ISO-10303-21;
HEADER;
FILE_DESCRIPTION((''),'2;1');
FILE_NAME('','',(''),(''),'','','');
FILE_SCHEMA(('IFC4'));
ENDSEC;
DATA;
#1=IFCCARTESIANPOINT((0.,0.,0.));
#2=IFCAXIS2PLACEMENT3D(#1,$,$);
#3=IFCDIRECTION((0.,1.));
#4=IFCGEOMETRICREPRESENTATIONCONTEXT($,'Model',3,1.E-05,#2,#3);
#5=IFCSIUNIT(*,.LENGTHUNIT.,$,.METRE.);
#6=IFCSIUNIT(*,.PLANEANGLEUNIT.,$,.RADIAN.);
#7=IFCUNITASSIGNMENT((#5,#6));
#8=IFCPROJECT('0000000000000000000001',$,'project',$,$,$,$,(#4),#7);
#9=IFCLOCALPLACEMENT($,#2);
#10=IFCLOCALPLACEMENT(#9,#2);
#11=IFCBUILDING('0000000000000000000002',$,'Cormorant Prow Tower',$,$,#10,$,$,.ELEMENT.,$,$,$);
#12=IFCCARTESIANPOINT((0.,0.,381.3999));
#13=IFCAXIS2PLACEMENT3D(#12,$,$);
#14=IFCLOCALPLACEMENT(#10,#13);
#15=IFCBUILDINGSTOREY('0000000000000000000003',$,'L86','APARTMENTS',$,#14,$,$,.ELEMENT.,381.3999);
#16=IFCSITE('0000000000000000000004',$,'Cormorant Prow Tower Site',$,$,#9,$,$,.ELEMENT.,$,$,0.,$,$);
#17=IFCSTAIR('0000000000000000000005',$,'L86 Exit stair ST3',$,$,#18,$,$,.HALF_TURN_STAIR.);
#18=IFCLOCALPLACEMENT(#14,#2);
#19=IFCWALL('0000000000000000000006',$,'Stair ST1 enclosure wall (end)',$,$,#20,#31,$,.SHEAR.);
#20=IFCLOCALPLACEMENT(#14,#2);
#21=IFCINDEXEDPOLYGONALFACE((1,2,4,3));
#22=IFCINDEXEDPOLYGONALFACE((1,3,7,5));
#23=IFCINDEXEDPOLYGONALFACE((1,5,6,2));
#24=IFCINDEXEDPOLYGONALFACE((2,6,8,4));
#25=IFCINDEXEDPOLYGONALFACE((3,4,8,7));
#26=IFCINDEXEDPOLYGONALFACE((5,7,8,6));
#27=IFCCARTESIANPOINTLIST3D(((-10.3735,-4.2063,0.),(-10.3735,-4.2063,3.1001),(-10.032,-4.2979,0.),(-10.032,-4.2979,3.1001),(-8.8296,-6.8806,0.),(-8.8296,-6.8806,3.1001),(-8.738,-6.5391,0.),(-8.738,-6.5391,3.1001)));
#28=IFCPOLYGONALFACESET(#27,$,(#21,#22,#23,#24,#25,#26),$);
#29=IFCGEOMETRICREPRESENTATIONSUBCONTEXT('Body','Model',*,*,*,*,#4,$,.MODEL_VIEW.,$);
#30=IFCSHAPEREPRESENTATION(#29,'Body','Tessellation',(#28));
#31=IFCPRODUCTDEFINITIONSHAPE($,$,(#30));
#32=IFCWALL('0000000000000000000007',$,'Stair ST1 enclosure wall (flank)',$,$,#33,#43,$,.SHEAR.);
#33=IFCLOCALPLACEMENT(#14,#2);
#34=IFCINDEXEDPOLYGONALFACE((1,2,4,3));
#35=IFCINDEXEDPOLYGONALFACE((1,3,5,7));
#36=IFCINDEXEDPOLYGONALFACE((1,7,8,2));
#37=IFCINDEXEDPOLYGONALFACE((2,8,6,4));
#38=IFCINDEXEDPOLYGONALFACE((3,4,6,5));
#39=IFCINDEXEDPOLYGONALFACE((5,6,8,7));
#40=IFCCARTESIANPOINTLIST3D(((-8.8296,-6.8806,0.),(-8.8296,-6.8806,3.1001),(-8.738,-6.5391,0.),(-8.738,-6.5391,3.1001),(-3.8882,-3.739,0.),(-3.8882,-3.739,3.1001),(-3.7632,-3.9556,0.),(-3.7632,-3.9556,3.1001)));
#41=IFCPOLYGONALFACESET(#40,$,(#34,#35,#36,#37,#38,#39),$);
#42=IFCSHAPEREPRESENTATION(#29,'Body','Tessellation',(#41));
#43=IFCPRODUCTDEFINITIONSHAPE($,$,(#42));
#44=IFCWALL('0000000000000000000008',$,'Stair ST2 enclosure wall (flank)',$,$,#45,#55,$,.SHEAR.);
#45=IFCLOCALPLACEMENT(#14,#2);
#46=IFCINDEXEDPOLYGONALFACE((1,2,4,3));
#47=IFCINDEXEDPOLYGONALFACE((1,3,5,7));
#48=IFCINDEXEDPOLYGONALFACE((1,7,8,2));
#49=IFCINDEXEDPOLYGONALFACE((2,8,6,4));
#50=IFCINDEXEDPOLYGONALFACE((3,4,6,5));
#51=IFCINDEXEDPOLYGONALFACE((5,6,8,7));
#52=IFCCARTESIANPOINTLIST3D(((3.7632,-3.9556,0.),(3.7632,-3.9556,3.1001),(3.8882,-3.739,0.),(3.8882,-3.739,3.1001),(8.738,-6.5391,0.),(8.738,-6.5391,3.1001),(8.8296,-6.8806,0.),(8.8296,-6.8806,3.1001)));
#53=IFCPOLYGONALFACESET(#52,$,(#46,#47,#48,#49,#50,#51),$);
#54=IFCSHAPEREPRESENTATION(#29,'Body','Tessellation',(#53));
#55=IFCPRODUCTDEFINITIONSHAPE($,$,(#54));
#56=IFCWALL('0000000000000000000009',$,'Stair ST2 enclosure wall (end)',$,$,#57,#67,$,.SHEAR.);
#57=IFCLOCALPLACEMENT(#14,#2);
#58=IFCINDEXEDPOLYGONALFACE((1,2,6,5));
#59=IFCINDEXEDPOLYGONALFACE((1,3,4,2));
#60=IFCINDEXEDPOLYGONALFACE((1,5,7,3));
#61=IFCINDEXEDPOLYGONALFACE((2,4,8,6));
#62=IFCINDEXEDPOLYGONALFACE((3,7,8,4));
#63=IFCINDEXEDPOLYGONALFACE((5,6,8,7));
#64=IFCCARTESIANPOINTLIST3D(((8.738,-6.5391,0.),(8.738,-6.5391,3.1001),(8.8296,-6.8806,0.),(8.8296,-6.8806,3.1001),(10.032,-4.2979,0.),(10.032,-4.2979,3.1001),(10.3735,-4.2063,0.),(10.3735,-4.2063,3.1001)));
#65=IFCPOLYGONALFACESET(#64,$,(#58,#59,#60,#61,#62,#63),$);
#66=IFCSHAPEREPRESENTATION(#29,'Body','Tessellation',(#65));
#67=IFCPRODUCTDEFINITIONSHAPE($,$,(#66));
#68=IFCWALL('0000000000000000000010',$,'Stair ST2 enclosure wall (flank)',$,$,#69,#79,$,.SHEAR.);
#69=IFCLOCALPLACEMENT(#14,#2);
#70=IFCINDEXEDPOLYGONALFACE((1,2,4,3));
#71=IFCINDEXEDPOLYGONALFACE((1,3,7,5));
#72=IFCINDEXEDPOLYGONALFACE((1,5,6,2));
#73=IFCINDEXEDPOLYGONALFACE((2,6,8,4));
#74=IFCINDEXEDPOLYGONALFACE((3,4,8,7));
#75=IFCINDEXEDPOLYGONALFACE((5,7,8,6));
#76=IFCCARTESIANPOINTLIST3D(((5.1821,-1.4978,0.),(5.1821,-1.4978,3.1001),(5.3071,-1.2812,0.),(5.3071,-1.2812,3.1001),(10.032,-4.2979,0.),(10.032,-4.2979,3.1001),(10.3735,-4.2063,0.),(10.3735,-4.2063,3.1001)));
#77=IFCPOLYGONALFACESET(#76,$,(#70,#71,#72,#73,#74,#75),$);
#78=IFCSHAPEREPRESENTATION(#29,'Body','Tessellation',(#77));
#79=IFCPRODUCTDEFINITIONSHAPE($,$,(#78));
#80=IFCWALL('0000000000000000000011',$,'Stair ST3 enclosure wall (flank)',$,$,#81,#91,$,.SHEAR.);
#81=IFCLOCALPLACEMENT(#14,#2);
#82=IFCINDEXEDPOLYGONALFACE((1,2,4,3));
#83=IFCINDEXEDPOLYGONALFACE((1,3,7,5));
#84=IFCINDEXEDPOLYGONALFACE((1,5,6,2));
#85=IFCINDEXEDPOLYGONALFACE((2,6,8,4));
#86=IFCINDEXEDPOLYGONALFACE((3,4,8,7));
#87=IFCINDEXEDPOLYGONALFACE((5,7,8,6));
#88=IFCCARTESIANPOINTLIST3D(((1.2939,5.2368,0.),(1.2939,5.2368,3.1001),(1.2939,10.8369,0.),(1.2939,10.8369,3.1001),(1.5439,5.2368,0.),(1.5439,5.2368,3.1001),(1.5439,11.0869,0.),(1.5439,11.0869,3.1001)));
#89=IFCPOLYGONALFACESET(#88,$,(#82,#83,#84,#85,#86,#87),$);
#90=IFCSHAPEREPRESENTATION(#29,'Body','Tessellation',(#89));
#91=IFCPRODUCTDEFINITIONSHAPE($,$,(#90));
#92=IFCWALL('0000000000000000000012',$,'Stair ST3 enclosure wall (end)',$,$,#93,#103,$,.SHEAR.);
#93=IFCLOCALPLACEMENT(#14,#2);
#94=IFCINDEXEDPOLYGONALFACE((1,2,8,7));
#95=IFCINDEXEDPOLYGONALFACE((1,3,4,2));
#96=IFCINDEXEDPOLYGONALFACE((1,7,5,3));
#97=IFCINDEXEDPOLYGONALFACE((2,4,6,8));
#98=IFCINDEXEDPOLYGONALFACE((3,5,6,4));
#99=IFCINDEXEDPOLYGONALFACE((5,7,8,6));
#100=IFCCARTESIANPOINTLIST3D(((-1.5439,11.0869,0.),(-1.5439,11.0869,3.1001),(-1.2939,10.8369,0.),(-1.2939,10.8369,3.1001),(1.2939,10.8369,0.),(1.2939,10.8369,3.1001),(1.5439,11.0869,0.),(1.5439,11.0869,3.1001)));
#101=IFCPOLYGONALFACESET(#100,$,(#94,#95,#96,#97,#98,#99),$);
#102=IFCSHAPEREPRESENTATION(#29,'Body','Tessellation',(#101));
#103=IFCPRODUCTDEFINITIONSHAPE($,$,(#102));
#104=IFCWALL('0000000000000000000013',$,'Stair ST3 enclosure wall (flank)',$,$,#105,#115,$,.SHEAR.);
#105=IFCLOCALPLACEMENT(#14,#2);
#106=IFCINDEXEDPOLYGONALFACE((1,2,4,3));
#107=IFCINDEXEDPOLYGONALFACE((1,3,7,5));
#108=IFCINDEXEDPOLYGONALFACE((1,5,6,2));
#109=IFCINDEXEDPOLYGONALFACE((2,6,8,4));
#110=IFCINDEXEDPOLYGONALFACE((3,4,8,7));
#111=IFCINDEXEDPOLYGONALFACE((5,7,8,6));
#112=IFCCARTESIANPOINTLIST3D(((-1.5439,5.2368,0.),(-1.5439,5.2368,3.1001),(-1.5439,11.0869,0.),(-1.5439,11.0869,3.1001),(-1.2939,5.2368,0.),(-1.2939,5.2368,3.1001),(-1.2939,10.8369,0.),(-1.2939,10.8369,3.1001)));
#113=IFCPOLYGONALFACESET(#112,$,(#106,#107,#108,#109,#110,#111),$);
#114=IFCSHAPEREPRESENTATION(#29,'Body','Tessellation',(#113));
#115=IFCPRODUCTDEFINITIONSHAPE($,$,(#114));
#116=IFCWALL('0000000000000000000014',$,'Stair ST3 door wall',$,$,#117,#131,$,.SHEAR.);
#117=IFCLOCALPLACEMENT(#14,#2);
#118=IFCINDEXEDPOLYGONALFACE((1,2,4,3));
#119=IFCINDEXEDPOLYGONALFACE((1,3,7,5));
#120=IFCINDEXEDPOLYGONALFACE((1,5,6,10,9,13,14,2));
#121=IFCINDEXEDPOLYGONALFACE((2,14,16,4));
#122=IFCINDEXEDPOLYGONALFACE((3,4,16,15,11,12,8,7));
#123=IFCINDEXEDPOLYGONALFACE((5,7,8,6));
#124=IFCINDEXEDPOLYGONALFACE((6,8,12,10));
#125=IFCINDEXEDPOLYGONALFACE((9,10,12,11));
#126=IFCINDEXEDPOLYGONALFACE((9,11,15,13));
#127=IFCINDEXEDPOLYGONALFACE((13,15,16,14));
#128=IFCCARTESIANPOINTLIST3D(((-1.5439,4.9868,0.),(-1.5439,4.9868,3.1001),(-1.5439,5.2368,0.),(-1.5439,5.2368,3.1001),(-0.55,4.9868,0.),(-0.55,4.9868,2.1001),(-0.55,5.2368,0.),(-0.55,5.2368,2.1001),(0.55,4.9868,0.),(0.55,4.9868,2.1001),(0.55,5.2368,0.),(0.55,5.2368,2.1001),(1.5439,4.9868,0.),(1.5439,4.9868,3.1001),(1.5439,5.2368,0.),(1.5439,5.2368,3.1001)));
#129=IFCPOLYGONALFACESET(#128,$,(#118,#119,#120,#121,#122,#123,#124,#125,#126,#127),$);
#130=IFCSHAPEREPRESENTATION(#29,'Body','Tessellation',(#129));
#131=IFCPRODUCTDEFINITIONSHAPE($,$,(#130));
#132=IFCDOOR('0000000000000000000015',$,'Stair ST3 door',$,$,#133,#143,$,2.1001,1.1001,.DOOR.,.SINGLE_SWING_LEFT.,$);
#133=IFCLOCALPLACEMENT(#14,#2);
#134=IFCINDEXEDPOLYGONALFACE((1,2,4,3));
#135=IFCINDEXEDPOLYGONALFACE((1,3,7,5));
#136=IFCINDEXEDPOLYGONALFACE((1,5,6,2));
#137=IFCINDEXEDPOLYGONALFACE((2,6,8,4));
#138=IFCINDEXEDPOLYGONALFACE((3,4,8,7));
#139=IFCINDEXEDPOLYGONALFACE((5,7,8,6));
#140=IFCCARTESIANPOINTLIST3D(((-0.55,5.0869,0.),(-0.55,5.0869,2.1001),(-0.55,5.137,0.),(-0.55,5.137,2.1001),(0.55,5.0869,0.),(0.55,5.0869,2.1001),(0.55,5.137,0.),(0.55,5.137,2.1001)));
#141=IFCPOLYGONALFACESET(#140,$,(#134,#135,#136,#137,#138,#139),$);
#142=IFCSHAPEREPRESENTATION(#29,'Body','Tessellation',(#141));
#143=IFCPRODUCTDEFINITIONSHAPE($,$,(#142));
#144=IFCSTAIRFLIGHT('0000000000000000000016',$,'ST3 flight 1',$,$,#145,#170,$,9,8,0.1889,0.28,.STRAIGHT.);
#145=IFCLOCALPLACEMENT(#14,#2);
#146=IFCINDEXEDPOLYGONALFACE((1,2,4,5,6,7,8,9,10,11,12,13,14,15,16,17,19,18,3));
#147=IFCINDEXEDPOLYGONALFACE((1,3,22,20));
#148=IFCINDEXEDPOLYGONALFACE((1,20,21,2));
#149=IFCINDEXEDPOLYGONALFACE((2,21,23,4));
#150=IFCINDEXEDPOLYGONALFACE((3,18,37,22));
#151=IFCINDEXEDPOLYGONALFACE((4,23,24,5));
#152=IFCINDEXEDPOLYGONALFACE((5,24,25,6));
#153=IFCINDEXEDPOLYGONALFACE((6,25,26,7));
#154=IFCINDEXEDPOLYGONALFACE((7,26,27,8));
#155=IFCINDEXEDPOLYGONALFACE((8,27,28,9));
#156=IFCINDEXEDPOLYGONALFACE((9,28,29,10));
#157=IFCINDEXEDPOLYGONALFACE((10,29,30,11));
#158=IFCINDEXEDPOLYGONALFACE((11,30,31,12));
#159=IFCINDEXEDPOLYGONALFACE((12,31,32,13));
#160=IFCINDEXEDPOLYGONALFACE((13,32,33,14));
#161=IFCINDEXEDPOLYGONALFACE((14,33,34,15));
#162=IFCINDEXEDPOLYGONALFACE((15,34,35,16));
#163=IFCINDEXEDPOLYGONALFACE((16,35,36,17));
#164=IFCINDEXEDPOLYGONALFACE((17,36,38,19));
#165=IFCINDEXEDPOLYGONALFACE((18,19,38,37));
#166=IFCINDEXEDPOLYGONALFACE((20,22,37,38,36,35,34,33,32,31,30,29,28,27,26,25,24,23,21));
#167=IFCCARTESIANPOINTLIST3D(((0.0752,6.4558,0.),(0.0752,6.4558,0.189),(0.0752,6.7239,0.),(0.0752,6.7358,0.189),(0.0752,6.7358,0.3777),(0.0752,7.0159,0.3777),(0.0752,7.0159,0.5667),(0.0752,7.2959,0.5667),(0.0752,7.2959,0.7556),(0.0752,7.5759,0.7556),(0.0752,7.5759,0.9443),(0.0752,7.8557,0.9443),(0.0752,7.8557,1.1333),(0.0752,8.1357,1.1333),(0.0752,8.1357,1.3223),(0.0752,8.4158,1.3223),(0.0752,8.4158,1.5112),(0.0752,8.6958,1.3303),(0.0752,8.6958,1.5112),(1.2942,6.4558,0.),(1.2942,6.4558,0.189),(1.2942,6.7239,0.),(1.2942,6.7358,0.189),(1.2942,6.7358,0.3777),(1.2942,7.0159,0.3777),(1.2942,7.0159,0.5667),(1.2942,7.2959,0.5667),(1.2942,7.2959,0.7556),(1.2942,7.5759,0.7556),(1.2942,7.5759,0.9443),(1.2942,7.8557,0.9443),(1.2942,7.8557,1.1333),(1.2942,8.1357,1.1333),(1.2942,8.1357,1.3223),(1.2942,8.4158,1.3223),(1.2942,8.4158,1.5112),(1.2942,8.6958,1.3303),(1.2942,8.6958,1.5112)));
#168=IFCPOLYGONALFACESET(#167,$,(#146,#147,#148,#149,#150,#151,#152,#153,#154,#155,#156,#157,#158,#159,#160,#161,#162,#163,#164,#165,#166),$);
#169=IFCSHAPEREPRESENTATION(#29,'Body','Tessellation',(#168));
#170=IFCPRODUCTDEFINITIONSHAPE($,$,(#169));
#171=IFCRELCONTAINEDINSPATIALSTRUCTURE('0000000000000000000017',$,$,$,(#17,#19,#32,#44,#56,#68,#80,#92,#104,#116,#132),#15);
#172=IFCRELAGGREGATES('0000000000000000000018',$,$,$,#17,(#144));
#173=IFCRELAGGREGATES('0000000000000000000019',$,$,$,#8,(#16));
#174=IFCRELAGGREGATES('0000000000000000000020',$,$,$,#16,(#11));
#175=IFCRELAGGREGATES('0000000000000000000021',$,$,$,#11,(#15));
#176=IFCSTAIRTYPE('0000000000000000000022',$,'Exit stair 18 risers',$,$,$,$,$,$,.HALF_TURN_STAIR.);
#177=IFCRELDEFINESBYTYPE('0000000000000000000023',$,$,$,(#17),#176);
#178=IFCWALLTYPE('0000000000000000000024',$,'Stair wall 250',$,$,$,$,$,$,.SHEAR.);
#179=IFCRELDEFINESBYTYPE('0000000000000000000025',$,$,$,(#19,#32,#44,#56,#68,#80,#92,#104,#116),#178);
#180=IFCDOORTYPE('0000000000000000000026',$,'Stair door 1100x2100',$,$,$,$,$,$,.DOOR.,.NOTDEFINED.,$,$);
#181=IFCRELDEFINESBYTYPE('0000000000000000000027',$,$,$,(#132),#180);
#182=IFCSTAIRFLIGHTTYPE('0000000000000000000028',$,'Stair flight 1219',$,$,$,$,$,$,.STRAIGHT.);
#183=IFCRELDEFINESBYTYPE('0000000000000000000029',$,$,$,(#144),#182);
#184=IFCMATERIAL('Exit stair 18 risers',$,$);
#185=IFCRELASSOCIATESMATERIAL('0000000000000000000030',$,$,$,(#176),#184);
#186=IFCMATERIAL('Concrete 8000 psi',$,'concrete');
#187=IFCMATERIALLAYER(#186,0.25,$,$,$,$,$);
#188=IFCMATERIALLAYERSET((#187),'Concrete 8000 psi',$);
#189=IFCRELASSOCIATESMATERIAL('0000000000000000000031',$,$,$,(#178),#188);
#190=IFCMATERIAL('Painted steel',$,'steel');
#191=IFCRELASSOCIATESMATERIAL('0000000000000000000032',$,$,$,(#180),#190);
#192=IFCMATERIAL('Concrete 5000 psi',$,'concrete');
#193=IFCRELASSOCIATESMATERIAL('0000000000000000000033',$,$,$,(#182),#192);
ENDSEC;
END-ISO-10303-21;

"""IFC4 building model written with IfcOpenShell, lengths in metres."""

from ifc_helpers import new_model, si_unit, direction, frame, frame_2d, origin, place, context, subcontext, project, spatial, polyline, rectangle, outline, extrude, material, layer, layer_set, type_object, element, fill, aggregate, save


model = new_model("IFC4")

# Units and contexts
model_context = context("Model", 3, precision=1e-05, world=origin(), true_north=direction((0.0, 1.0)))
body_context = subcontext(model_context, "Body", "Model", "MODEL_VIEW")
ifc_project = project(units=[si_unit("LENGTHUNIT", "METRE"), si_unit("PLANEANGLEUNIT", "RADIAN")], contexts=[model_context])

# Site, building, storey
site_placement = place(None, origin())
site = spatial("IfcSite", under=ifc_project, at=site_placement, Name="Cormorant Prow Tower Site", CompositionType="ELEMENT", RefElevation=0.0)
building_placement = place(site_placement, origin())
building = spatial("IfcBuilding", under=site, at=building_placement, Name="Cormorant Prow Tower", CompositionType="ELEMENT")
storey_placement = place(building_placement, frame((0.0, 0.0, 381.3999)))
storey = spatial("IfcBuildingStorey", under=building, at=storey_placement, Name="L86", Description="APARTMENTS", CompositionType="ELEMENT", Elevation=381.3999)

# Stair
ifc_material_1 = material(Name="Exit stair 18 risers")
stair_type = type_object("IfcStairType", Name="Exit stair 18 risers", PredefinedType="HALF_TURN_STAIR", material=ifc_material_1)
stair_1_placement = place(storey_placement, origin())
stair_1 = element("IfcStair", 1, at=stair_1_placement, inside=storey, type_object=stair_type, Name="L86 Exit stair ST3", PredefinedType="HALF_TURN_STAIR")

# Walls
ifc_material_2 = material(Name="Concrete 8000 psi", Category="concrete")
ifc_layer_1 = layer(ifc_material_2, 0.25)
ifc_layer_set_1 = layer_set([ifc_layer_1], Name="Concrete 8000 psi")
wall_type_1 = type_object("IfcWallType", Name="Stair wall 250", PredefinedType="SHEAR", material=ifc_layer_set_1)
wall_1_placement = place(storey_placement, origin())
element("IfcWall", 2, at=wall_1_placement, inside=storey, type_object=wall_type_1, Name="Stair ST1 enclosure wall (end)", PredefinedType="SHEAR", context=body_context, shape_type="SweptSolid", body=[
    extrude(outline(polyline([(-10.3735, -4.2063), (-8.8296, -6.8806), (-8.738, -6.5391), (-10.032, -4.2979), (-10.3735, -4.2063)])), origin(), (0.0, 0.0, 1.0), 3.1001),
])
wall_2_placement = place(storey_placement, origin())
element("IfcWall", 3, at=wall_2_placement, inside=storey, type_object=wall_type_1, Name="Stair ST1 enclosure wall (flank)", PredefinedType="SHEAR", context=body_context, shape_type="SweptSolid", body=[
    extrude(outline(polyline([(-8.738, -6.5391), (-8.8296, -6.8806), (-3.7632, -3.9556), (-3.8882, -3.739), (-8.738, -6.5391)])), origin(), (0.0, 0.0, 1.0), 3.1001),
])
wall_3_placement = place(storey_placement, origin())
element("IfcWall", 4, at=wall_3_placement, inside=storey, type_object=wall_type_1, Name="Stair ST2 enclosure wall (flank)", PredefinedType="SHEAR", context=body_context, shape_type="SweptSolid", body=[
    extrude(outline(polyline([(3.7632, -3.9556), (8.8296, -6.8806), (8.738, -6.5391), (3.8882, -3.739), (3.7632, -3.9556)])), origin(), (0.0, 0.0, 1.0), 3.1001),
])
wall_4_placement = place(storey_placement, origin())
element("IfcWall", 5, at=wall_4_placement, inside=storey, type_object=wall_type_1, Name="Stair ST2 enclosure wall (end)", PredefinedType="SHEAR", context=body_context, shape_type="SweptSolid", body=[
    extrude(outline(polyline([(8.8296, -6.8806), (10.3735, -4.2063), (10.032, -4.2979), (8.738, -6.5391), (8.8296, -6.8806)])), origin(), (0.0, 0.0, 1.0), 3.1001),
])
wall_5_placement = place(storey_placement, origin())
element("IfcWall", 6, at=wall_5_placement, inside=storey, type_object=wall_type_1, Name="Stair ST2 enclosure wall (flank)", PredefinedType="SHEAR", context=body_context, shape_type="SweptSolid", body=[
    extrude(outline(polyline([(10.032, -4.2979), (10.3735, -4.2063), (5.3071, -1.2812), (5.1821, -1.4978), (10.032, -4.2979)])), origin(), (0.0, 0.0, 1.0), 3.1001),
])
wall_6_placement = place(storey_placement, origin())
element("IfcWall", 7, at=wall_6_placement, inside=storey, type_object=wall_type_1, Name="Stair ST3 enclosure wall (flank)", PredefinedType="SHEAR", context=body_context, shape_type="SweptSolid", body=[
    extrude(outline(polyline([(1.5439, 5.2368), (1.5439, 11.0869), (1.2939, 10.8369), (1.2939, 5.2368), (1.5439, 5.2368)])), origin(), (0.0, 0.0, 1.0), 3.1001),
])
wall_7_placement = place(storey_placement, origin())
element("IfcWall", 8, at=wall_7_placement, inside=storey, type_object=wall_type_1, Name="Stair ST3 enclosure wall (end)", PredefinedType="SHEAR", context=body_context, shape_type="SweptSolid", body=[
    extrude(outline(polyline([(1.5439, 11.0869), (-1.5439, 11.0869), (-1.2939, 10.8369), (1.2939, 10.8369), (1.5439, 11.0869)])), origin(), (0.0, 0.0, 1.0), 3.1001),
])
wall_8_placement = place(storey_placement, origin())
element("IfcWall", 9, at=wall_8_placement, inside=storey, type_object=wall_type_1, Name="Stair ST3 enclosure wall (flank)", PredefinedType="SHEAR", context=body_context, shape_type="SweptSolid", body=[
    extrude(outline(polyline([(-1.2939, 10.8369), (-1.5439, 11.0869), (-1.5439, 5.2368), (-1.2939, 5.2368), (-1.2939, 10.8369)])), origin(), (0.0, 0.0, 1.0), 3.1001),
])

# Wall, opening, door
wall_9_placement = place(storey_placement, frame((1.5439, 5.1118, 0.0), z_axis=(0.0, 0.0, 1.0), x_axis=(-1.0, 0.0, 0.0)))
wall_9 = element("IfcWall", 10, at=wall_9_placement, inside=storey, type_object=wall_type_1, Name="Stair ST3 door wall", PredefinedType="SHEAR", context=body_context, shape_type="SweptSolid", body=[
    extrude(rectangle(XDim=3.0879, YDim=0.25, at=frame_2d((1.5439, 0.0))), origin(), (0.0, 0.0, 1.0), 3.1001),
])
opening_placement = place(wall_9_placement, frame((0.9939, 0.0, 0.0)))
opening = element("IfcOpeningElement", 11, at=opening_placement, cuts=wall_9, PredefinedType="OPENING", context=body_context, shape_type="SweptSolid", body=[
    extrude(rectangle(XDim=1.1001, YDim=2.1001, at=frame_2d((0.55, 1.05))), frame((0.0, 0.135, 0.0), z_axis=(0.0, -1.0, 0.0), x_axis=(1.0, 0.0, 0.0)), (0.0, 0.0, 1.0), 0.27),
])
ifc_material_3 = material(Name="Painted steel", Category="steel")
door_type = type_object("IfcDoorType", Name="Stair door 1100x2100", OperationType="NOTDEFINED", PredefinedType="DOOR", material=ifc_material_3)
door_placement = place(opening_placement, origin())
door = element("IfcDoor", 12, at=door_placement, inside=storey, type_object=door_type, Name="Stair ST3 door", OperationType="SINGLE_SWING_LEFT", OverallHeight=2.1001, OverallWidth=1.1001, PredefinedType="DOOR", context=body_context, shape_type="SweptSolid", body=[
    extrude(rectangle(XDim=1.1001, YDim=2.1001, at=frame_2d((0.55, 1.05))), frame((0.0, 0.0249, 0.0), z_axis=(0.0, -1.0, 0.0), x_axis=(1.0, 0.0, 0.0)), (0.0, 0.0, 1.0), 0.05),
])
fill(opening, door)

# Stair flight
ifc_material_4 = material(Name="Concrete 5000 psi", Category="concrete")
stair_flight_type = type_object("IfcStairFlightType", Name="Stair flight 1219", PredefinedType="STRAIGHT", material=ifc_material_4)
stair_flight_1_placement = place(storey_placement, frame((0.6846, 6.4558, 0.0), z_axis=(0.0, 0.0, 1.0), x_axis=(0.0, 1.0, 0.0)))
stair_flight_1 = element("IfcStairFlight", 13, at=stair_flight_1_placement, type_object=stair_flight_type, Name="ST3 flight 1", NumberOfRisers=9, NumberOfTreads=8, PredefinedType="STRAIGHT", RiserHeight=0.1889, TreadLength=0.28, context=body_context, shape_type="SweptSolid", body=[
    extrude(outline(polyline([(0.0, 0.0), (0.0, 0.189), (0.28, 0.189), (0.28, 0.3777), (0.5601, 0.3777), (0.5601, 0.5667), (0.8401, 0.5667), (0.8401, 0.7556), (1.1201, 0.7556), (1.1201, 0.9443), (1.3999, 0.9443), (1.3999, 1.1333), (1.6799, 1.1333), (1.6799, 1.3223), (1.96, 1.3223), (1.96, 1.5112), (2.24, 1.5112), (2.24, 1.7), (2.24, 1.3303), (0.2681, 0.0), (0.0, 0.0)])), frame((0.0, 0.6094, 0.0), z_axis=(0.0, -1.0, 0.0), x_axis=(1.0, 0.0, 0.0)), (0.0, 0.0, 1.0), 1.219),
])
aggregate(stair_1, [stair_flight_1])

save(model, "model.ifc")
